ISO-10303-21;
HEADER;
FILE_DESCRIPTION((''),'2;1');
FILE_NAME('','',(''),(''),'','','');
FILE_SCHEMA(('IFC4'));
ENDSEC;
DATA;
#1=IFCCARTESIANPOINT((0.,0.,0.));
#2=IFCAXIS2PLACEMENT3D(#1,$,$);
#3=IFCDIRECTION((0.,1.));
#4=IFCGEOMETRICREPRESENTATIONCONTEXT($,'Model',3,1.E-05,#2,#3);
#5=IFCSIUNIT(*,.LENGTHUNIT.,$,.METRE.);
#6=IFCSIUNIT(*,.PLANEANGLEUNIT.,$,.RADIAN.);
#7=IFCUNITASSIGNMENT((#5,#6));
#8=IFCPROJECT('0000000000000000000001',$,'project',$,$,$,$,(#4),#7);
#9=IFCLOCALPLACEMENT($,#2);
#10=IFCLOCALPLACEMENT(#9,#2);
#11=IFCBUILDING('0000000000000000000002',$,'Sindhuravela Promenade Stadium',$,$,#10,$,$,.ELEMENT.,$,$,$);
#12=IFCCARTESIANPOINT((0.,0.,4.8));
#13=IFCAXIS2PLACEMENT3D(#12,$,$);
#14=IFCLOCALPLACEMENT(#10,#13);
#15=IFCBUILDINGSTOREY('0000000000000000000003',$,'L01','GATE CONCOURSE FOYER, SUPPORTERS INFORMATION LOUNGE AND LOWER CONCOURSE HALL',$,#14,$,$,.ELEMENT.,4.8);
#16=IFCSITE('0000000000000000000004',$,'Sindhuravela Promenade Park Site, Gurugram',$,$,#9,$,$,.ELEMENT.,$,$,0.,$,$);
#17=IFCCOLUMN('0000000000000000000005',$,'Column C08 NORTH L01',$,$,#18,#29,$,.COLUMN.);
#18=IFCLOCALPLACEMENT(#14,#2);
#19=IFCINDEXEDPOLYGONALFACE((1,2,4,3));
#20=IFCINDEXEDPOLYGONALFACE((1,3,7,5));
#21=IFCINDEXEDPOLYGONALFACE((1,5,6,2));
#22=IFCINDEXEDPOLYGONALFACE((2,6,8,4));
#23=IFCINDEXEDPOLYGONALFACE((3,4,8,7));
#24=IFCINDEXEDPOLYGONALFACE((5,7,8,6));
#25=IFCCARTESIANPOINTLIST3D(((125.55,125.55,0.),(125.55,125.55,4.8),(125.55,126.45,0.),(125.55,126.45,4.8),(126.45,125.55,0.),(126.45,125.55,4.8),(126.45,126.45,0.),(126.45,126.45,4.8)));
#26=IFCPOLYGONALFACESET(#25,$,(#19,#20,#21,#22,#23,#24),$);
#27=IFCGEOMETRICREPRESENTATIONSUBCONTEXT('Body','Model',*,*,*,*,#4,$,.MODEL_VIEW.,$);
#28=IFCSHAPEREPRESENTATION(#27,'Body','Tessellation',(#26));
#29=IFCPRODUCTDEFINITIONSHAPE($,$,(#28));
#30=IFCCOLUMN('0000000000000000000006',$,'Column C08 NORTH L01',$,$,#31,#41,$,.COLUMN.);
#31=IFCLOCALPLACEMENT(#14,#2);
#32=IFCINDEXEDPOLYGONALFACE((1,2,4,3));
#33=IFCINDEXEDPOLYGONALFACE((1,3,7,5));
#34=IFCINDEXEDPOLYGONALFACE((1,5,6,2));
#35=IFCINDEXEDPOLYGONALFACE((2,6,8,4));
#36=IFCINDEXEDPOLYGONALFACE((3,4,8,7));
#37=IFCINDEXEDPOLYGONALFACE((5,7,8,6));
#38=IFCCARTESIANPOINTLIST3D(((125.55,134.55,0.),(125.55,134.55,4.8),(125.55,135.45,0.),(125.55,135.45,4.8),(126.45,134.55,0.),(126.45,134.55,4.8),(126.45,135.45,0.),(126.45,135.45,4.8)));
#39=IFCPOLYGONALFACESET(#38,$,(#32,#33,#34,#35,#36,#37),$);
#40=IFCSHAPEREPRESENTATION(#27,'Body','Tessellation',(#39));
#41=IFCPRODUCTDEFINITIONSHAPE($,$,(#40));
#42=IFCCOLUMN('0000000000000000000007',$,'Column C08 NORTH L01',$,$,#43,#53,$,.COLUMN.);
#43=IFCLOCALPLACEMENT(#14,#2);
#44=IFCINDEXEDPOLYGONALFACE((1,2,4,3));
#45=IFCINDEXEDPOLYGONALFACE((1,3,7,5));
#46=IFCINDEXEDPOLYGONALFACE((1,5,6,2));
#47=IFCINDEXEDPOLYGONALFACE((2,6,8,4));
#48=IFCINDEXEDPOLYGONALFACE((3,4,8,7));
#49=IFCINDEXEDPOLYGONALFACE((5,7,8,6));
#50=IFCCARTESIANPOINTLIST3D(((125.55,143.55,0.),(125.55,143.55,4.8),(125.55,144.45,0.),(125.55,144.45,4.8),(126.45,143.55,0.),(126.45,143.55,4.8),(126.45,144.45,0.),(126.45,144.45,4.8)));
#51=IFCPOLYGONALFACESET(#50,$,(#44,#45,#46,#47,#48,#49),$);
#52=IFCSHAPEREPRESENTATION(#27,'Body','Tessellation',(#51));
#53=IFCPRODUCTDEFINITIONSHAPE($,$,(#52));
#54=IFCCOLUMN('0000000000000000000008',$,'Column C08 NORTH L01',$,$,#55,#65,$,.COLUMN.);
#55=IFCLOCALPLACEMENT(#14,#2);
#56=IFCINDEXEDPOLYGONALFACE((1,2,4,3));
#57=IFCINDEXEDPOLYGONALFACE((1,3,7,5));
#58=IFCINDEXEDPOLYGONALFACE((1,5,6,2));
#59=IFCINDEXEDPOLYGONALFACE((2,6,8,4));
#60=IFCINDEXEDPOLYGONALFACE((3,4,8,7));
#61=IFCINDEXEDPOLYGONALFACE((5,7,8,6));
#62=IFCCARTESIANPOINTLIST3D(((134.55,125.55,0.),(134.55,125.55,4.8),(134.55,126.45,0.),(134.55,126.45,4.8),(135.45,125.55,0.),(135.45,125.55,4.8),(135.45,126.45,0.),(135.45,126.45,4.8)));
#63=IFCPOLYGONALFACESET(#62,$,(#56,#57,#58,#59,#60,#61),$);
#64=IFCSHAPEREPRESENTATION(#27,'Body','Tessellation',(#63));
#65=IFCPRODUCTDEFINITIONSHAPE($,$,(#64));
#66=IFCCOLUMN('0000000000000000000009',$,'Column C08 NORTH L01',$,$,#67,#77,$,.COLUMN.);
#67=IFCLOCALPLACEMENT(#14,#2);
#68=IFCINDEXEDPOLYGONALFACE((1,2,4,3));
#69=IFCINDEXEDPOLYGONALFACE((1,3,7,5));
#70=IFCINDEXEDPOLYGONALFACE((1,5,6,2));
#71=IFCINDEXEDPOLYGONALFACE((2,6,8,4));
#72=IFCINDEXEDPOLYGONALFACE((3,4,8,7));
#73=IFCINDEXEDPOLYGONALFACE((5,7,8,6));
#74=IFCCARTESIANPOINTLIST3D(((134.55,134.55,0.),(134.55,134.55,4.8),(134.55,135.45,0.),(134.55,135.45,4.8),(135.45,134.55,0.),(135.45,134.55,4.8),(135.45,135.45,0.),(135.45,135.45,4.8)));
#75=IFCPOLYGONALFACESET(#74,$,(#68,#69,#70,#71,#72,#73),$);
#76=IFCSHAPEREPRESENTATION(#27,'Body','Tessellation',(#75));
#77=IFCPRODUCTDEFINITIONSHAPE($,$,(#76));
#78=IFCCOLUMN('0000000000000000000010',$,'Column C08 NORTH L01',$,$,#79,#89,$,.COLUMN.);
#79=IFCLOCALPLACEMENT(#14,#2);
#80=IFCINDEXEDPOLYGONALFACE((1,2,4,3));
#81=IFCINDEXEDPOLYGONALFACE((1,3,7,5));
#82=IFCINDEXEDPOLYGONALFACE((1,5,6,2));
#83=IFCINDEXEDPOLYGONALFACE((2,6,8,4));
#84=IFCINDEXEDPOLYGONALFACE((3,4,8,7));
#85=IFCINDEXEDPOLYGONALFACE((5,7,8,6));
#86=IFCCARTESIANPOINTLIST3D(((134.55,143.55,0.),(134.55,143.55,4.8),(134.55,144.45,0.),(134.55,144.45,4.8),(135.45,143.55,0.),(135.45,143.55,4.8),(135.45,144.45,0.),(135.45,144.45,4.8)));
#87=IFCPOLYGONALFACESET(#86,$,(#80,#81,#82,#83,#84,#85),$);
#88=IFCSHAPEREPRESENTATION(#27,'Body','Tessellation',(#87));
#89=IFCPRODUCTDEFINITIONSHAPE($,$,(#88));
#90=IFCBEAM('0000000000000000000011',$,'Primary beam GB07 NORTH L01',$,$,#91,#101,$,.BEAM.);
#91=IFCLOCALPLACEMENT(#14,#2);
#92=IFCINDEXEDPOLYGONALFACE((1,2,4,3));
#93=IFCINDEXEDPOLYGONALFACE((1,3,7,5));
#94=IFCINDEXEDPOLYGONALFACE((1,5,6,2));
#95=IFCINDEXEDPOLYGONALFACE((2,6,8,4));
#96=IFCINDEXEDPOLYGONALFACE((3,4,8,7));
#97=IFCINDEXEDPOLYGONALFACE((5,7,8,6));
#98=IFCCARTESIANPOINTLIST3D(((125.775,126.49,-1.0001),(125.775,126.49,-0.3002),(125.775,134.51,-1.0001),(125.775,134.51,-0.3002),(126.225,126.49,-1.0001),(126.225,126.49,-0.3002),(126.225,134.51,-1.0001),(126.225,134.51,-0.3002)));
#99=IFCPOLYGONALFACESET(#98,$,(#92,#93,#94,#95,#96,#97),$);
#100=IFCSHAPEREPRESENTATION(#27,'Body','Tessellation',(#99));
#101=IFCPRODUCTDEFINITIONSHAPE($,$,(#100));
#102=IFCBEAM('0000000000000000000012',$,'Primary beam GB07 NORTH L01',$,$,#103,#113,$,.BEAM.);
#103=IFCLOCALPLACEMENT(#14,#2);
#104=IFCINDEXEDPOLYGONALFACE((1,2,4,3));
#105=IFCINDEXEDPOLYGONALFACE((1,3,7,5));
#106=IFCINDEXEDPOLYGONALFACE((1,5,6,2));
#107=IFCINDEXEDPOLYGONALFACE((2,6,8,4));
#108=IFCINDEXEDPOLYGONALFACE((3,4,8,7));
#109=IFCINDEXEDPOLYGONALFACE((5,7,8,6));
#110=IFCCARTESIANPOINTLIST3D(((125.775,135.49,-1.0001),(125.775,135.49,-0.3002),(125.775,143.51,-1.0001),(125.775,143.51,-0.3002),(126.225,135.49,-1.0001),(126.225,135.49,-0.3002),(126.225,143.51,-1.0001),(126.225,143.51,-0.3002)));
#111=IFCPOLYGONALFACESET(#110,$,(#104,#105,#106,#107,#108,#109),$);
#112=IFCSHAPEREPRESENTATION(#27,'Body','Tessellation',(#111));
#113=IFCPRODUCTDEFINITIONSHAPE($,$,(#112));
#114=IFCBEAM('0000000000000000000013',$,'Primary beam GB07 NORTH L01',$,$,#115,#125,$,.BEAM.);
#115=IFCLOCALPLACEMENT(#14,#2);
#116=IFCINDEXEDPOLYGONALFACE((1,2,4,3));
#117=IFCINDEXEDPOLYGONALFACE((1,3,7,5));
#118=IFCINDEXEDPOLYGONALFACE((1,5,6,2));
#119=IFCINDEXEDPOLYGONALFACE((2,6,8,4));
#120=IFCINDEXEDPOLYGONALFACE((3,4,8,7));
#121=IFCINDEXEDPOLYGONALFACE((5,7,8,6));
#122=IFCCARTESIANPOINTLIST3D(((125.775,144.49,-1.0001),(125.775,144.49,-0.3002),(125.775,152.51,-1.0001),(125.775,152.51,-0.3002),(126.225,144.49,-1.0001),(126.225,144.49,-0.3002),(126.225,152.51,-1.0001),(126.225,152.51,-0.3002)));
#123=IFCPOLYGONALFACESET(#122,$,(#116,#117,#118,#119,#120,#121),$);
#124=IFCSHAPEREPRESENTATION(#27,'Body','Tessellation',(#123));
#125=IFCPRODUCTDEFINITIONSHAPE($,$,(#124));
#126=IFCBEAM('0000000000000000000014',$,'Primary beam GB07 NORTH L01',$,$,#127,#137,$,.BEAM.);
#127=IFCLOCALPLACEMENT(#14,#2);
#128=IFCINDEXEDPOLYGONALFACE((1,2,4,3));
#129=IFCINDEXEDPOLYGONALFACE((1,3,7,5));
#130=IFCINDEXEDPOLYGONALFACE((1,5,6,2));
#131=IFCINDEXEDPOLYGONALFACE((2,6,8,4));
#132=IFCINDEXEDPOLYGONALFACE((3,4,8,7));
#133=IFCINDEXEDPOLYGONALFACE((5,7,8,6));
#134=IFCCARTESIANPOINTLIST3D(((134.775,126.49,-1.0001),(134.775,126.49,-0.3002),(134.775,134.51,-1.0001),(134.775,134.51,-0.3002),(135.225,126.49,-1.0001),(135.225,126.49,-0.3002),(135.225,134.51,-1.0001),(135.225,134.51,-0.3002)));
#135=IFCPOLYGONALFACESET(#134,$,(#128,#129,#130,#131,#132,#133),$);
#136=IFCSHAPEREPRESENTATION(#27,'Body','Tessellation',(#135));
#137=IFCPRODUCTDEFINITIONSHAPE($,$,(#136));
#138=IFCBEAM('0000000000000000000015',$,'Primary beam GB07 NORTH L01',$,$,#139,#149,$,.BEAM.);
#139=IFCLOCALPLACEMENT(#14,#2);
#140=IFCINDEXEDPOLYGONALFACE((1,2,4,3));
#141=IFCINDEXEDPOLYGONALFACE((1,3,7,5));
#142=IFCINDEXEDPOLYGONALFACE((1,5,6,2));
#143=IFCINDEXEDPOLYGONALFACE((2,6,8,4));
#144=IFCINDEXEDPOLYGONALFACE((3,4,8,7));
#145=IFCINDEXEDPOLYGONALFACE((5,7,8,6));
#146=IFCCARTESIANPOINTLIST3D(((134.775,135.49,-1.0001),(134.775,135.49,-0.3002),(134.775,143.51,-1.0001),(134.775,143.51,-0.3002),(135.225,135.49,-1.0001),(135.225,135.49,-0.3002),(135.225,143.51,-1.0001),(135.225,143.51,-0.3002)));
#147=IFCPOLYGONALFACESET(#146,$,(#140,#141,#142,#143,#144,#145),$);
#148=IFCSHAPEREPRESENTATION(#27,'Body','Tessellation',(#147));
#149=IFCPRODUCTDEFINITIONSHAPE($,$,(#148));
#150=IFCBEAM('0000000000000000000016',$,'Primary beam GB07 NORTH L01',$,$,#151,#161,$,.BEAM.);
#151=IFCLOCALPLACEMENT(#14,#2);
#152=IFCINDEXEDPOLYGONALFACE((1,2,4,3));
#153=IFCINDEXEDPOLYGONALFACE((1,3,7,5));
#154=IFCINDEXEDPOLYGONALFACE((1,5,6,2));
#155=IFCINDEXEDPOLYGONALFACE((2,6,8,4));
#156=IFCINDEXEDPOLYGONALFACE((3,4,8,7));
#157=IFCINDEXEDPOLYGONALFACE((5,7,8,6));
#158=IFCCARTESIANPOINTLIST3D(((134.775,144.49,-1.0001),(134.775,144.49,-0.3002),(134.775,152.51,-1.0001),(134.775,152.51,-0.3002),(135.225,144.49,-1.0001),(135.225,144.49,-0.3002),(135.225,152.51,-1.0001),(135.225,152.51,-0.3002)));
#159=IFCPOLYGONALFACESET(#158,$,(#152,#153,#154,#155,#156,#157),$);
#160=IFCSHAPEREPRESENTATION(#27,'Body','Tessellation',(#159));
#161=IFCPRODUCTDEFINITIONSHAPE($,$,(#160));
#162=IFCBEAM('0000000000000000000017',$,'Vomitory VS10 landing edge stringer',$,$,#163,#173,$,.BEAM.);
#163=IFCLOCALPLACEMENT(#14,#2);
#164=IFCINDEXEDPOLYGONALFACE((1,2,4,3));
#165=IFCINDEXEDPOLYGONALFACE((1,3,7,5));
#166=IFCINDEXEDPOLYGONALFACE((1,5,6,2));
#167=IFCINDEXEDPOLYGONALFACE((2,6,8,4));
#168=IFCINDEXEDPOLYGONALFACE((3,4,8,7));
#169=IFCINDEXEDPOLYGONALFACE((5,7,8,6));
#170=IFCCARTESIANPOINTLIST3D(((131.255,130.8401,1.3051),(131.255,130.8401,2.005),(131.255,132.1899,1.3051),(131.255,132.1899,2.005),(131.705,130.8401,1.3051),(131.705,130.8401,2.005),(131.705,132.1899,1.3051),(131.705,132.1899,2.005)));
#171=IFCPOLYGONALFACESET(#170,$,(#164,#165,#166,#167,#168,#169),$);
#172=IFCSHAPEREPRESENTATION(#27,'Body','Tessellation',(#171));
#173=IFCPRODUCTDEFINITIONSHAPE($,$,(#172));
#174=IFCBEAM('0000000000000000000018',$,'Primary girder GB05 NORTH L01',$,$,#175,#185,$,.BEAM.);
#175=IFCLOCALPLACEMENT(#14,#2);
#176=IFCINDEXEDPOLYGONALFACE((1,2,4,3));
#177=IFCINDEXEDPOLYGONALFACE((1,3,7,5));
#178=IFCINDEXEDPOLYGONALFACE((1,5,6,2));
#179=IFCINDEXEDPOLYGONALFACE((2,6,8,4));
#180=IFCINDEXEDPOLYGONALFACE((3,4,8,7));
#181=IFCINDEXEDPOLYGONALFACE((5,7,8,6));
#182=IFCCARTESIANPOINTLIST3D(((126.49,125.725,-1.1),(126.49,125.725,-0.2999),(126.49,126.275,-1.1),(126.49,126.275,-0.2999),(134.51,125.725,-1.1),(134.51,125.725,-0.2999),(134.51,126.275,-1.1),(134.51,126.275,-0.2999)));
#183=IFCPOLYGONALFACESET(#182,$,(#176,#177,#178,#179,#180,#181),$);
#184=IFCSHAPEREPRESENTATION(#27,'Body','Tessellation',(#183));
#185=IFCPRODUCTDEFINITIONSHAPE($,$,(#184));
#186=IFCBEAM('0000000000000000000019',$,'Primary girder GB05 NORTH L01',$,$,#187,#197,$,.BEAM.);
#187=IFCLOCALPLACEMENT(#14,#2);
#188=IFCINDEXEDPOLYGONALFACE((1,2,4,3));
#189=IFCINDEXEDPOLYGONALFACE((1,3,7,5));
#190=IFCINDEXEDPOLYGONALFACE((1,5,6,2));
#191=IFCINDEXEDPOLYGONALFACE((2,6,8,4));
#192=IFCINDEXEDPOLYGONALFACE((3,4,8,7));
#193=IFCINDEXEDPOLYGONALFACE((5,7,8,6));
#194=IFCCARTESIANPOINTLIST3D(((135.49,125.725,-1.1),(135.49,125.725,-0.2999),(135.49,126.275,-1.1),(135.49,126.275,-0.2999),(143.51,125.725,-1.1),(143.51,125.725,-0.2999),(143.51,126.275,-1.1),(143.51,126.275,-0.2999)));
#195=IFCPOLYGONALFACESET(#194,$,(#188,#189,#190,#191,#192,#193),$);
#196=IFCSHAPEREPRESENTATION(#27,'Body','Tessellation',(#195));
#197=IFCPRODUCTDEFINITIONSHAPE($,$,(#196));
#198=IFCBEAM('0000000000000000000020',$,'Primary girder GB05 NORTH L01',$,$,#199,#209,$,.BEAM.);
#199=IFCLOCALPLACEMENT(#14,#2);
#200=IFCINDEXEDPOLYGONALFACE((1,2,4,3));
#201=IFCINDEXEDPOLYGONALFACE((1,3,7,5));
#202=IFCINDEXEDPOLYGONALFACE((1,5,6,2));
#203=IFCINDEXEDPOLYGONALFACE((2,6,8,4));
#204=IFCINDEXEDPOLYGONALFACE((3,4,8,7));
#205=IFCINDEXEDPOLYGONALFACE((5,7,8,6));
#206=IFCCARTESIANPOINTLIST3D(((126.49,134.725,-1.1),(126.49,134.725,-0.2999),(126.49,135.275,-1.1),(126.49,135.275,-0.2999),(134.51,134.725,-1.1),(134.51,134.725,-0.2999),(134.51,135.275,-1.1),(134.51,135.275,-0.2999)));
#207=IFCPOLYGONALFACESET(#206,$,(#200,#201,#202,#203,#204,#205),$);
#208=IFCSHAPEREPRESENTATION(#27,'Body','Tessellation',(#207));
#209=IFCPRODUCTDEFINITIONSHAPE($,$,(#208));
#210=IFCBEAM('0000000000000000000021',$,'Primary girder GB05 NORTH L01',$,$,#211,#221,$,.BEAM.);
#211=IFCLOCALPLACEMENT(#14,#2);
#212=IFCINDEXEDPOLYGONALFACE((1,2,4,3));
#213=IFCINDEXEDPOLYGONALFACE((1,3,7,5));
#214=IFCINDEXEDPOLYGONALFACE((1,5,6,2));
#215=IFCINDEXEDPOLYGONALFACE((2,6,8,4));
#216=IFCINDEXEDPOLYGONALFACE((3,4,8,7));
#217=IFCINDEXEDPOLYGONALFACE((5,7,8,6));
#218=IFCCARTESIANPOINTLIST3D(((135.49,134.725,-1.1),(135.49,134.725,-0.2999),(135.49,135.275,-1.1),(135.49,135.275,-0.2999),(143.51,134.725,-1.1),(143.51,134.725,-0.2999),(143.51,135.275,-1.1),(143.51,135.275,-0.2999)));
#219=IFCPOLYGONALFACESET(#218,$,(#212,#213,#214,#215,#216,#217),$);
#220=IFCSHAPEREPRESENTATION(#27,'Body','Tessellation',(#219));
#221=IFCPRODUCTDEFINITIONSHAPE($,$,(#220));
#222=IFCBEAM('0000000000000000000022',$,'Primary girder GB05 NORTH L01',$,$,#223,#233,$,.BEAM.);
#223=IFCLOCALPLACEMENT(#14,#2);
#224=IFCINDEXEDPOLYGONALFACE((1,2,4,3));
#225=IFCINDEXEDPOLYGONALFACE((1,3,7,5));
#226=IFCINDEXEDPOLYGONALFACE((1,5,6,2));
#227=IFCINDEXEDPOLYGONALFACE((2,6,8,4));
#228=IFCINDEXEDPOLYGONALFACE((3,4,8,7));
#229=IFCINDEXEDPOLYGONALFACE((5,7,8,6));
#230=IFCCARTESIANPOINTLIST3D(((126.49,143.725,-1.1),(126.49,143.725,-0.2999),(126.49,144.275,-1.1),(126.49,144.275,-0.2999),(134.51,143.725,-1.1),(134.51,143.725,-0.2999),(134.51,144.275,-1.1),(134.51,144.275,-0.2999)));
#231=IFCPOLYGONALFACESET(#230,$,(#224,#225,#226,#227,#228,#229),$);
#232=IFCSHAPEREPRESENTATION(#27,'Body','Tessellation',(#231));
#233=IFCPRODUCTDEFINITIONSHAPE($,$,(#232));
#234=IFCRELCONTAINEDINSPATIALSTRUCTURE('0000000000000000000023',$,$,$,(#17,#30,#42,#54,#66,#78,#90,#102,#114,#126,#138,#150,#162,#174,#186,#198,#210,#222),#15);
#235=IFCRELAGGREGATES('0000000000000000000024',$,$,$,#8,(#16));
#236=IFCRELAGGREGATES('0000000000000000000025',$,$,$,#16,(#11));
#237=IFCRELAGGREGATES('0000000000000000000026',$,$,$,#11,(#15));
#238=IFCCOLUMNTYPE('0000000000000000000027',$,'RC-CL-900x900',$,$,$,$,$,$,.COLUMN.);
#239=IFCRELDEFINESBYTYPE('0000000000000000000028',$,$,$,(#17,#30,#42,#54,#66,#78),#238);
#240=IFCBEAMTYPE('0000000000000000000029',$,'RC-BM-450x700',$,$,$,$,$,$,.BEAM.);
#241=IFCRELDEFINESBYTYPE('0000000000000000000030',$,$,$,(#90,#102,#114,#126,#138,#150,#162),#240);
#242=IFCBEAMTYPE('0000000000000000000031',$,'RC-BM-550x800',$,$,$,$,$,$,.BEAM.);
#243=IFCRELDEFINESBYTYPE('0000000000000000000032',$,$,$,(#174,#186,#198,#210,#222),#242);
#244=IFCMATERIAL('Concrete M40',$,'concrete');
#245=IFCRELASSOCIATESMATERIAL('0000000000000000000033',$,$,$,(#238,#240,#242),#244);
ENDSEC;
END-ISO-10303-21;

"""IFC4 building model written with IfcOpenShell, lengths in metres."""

from ifc_helpers import new_model, si_unit, direction, frame, origin, origin_2d, place, context, subcontext, project, spatial, rectangle, extrude, material, material_profile, profile_set, type_object, element, save


model = new_model("IFC4")

# Units and contexts
model_context = context("Model", 3, precision=1e-05, world=origin(), true_north=direction((0.0, 1.0)))
body_context = subcontext(model_context, "Body", "Model", "MODEL_VIEW")
ifc_project = project(units=[si_unit("LENGTHUNIT", "METRE"), si_unit("PLANEANGLEUNIT", "RADIAN")], contexts=[model_context])

# Site, building, storey
site_placement = place(None, origin())
site = spatial("IfcSite", under=ifc_project, at=site_placement, Name="Sindhuravela Promenade Park Site, Gurugram", CompositionType="ELEMENT", RefElevation=0.0)
building_placement = place(site_placement, origin())
building = spatial("IfcBuilding", under=site, at=building_placement, Name="Sindhuravela Promenade Stadium", CompositionType="ELEMENT")
storey_placement = place(building_placement, frame((0.0, 0.0, 4.8)))
storey = spatial("IfcBuildingStorey", under=building, at=storey_placement, Name="L01", Description="GATE CONCOURSE FOYER, SUPPORTERS INFORMATION LOUNGE AND LOWER CONCOURSE HALL", CompositionType="ELEMENT", Elevation=4.8)

# Columns
ifc_material_1 = material(Name="Concrete M40", Category="concrete")
ifc_material_profile_1 = material_profile(ifc_material_1, rectangle(XDim=0.8999, YDim=0.8999, at=origin_2d()), Name="RC 900x900")
ifc_profile_set_1 = profile_set([ifc_material_profile_1], Name="Concrete M40")
column_type = type_object("IfcColumnType", Name="RC-CL-900x900", PredefinedType="COLUMN", material=ifc_profile_set_1)
for number, where, z_axis, x_axis, name in (
    (1, (126.0, 126.0, 0.0), (0.0, 0.0, 1.0), (1.0, 0.0, 0.0), "Column C08 NORTH L01"),
    (2, (126.0, 135.0, 0.0), (0.0, 0.0, 1.0), (1.0, 0.0, 0.0), "Column C08 NORTH L01"),
    (3, (126.0, 144.0, 0.0), (0.0, 0.0, 1.0), (1.0, 0.0, 0.0), "Column C08 NORTH L01"),
    (4, (135.0, 126.0, 0.0), (0.0, 0.0, 1.0), (1.0, 0.0, 0.0), "Column C08 NORTH L01"),
    (5, (135.0, 135.0, 0.0), (0.0, 0.0, 1.0), (1.0, 0.0, 0.0), "Column C08 NORTH L01"),
    (6, (135.0, 144.0, 0.0), (0.0, 0.0, 1.0), (1.0, 0.0, 0.0), "Column C08 NORTH L01"),
):
    element("IfcColumn", number, at=place(storey_placement, frame(where, z_axis=z_axis, x_axis=x_axis)), inside=storey, type_object=column_type, Name=name, PredefinedType="COLUMN", context=body_context, shape_type="SweptSolid", body=[
        extrude(rectangle(XDim=0.8999, YDim=0.8999, at=origin_2d()), origin(), (0.0, 0.0, 1.0), 4.8),
    ])

# Beams
ifc_material_profile_2 = material_profile(ifc_material_1, rectangle(XDim=0.45, YDim=0.7, at=origin_2d()), Name="RC 450x700")
ifc_profile_set_2 = profile_set([ifc_material_profile_2], Name="Concrete M40")
beam_type_1 = type_object("IfcBeamType", Name="RC-BM-450x700", PredefinedType="BEAM", material=ifc_profile_set_2)
for number, where, z_axis, x_axis, name in (
    (7, (126.0, 126.49, -0.6501), (0.0, 1.0, 0.0), (-1.0, 0.0, 0.0), "Primary beam GB07 NORTH L01"),
    (8, (126.0, 135.49, -0.6501), (0.0, 1.0, 0.0), (-1.0, 0.0, 0.0), "Primary beam GB07 NORTH L01"),
    (9, (126.0, 144.49, -0.6501), (0.0, 1.0, 0.0), (-1.0, 0.0, 0.0), "Primary beam GB07 NORTH L01"),
    (10, (135.0, 126.49, -0.6501), (0.0, 1.0, 0.0), (-1.0, 0.0, 0.0), "Primary beam GB07 NORTH L01"),
    (11, (135.0, 135.49, -0.6501), (0.0, 1.0, 0.0), (-1.0, 0.0, 0.0), "Primary beam GB07 NORTH L01"),
    (12, (135.0, 144.49, -0.6501), (0.0, 1.0, 0.0), (-1.0, 0.0, 0.0), "Primary beam GB07 NORTH L01"),
):
    element("IfcBeam", number, at=place(storey_placement, frame(where, z_axis=z_axis, x_axis=x_axis)), inside=storey, type_object=beam_type_1, Name=name, PredefinedType="BEAM", context=body_context, shape_type="SweptSolid", body=[
        extrude(rectangle(XDim=0.45, YDim=0.7, at=origin_2d()), origin(), (0.0, 0.0, 1.0), 8.02),
    ])
beam_1_placement = place(storey_placement, frame((131.48, 130.8401, 1.655), z_axis=(0.0, 1.0, 0.0), x_axis=(-1.0, 0.0, 0.0)))
element("IfcBeam", 13, at=beam_1_placement, inside=storey, type_object=beam_type_1, Name="Vomitory VS10 landing edge stringer", PredefinedType="BEAM", context=body_context, shape_type="SweptSolid", body=[
    extrude(rectangle(XDim=0.45, YDim=0.7, at=origin_2d()), origin(), (0.0, 0.0, 1.0), 1.3499),
])
ifc_material_profile_3 = material_profile(ifc_material_1, rectangle(XDim=0.55, YDim=0.8, at=origin_2d()), Name="RC 550x800")
ifc_profile_set_3 = profile_set([ifc_material_profile_3], Name="Concrete M40")
beam_type_2 = type_object("IfcBeamType", Name="RC-BM-550x800", PredefinedType="BEAM", material=ifc_profile_set_3)
for number, where, z_axis, x_axis, name in (
    (14, (126.49, 126.0, -0.7), (1.0, 0.0, 0.0), (0.0, 1.0, 0.0), "Primary girder GB05 NORTH L01"),
    (15, (135.49, 126.0, -0.7), (1.0, 0.0, 0.0), (0.0, 1.0, 0.0), "Primary girder GB05 NORTH L01"),
    (16, (126.49, 135.0, -0.7), (1.0, 0.0, 0.0), (0.0, 1.0, 0.0), "Primary girder GB05 NORTH L01"),
    (17, (135.49, 135.0, -0.7), (1.0, 0.0, 0.0), (0.0, 1.0, 0.0), "Primary girder GB05 NORTH L01"),
    (18, (126.49, 144.0, -0.7), (1.0, 0.0, 0.0), (0.0, 1.0, 0.0), "Primary girder GB05 NORTH L01"),
):
    element("IfcBeam", number, at=place(storey_placement, frame(where, z_axis=z_axis, x_axis=x_axis)), inside=storey, type_object=beam_type_2, Name=name, PredefinedType="BEAM", context=body_context, shape_type="SweptSolid", body=[
        extrude(rectangle(XDim=0.55, YDim=0.8, at=origin_2d()), origin(), (0.0, 0.0, 1.0), 8.02),
    ])

save(model, "model.ifc")
